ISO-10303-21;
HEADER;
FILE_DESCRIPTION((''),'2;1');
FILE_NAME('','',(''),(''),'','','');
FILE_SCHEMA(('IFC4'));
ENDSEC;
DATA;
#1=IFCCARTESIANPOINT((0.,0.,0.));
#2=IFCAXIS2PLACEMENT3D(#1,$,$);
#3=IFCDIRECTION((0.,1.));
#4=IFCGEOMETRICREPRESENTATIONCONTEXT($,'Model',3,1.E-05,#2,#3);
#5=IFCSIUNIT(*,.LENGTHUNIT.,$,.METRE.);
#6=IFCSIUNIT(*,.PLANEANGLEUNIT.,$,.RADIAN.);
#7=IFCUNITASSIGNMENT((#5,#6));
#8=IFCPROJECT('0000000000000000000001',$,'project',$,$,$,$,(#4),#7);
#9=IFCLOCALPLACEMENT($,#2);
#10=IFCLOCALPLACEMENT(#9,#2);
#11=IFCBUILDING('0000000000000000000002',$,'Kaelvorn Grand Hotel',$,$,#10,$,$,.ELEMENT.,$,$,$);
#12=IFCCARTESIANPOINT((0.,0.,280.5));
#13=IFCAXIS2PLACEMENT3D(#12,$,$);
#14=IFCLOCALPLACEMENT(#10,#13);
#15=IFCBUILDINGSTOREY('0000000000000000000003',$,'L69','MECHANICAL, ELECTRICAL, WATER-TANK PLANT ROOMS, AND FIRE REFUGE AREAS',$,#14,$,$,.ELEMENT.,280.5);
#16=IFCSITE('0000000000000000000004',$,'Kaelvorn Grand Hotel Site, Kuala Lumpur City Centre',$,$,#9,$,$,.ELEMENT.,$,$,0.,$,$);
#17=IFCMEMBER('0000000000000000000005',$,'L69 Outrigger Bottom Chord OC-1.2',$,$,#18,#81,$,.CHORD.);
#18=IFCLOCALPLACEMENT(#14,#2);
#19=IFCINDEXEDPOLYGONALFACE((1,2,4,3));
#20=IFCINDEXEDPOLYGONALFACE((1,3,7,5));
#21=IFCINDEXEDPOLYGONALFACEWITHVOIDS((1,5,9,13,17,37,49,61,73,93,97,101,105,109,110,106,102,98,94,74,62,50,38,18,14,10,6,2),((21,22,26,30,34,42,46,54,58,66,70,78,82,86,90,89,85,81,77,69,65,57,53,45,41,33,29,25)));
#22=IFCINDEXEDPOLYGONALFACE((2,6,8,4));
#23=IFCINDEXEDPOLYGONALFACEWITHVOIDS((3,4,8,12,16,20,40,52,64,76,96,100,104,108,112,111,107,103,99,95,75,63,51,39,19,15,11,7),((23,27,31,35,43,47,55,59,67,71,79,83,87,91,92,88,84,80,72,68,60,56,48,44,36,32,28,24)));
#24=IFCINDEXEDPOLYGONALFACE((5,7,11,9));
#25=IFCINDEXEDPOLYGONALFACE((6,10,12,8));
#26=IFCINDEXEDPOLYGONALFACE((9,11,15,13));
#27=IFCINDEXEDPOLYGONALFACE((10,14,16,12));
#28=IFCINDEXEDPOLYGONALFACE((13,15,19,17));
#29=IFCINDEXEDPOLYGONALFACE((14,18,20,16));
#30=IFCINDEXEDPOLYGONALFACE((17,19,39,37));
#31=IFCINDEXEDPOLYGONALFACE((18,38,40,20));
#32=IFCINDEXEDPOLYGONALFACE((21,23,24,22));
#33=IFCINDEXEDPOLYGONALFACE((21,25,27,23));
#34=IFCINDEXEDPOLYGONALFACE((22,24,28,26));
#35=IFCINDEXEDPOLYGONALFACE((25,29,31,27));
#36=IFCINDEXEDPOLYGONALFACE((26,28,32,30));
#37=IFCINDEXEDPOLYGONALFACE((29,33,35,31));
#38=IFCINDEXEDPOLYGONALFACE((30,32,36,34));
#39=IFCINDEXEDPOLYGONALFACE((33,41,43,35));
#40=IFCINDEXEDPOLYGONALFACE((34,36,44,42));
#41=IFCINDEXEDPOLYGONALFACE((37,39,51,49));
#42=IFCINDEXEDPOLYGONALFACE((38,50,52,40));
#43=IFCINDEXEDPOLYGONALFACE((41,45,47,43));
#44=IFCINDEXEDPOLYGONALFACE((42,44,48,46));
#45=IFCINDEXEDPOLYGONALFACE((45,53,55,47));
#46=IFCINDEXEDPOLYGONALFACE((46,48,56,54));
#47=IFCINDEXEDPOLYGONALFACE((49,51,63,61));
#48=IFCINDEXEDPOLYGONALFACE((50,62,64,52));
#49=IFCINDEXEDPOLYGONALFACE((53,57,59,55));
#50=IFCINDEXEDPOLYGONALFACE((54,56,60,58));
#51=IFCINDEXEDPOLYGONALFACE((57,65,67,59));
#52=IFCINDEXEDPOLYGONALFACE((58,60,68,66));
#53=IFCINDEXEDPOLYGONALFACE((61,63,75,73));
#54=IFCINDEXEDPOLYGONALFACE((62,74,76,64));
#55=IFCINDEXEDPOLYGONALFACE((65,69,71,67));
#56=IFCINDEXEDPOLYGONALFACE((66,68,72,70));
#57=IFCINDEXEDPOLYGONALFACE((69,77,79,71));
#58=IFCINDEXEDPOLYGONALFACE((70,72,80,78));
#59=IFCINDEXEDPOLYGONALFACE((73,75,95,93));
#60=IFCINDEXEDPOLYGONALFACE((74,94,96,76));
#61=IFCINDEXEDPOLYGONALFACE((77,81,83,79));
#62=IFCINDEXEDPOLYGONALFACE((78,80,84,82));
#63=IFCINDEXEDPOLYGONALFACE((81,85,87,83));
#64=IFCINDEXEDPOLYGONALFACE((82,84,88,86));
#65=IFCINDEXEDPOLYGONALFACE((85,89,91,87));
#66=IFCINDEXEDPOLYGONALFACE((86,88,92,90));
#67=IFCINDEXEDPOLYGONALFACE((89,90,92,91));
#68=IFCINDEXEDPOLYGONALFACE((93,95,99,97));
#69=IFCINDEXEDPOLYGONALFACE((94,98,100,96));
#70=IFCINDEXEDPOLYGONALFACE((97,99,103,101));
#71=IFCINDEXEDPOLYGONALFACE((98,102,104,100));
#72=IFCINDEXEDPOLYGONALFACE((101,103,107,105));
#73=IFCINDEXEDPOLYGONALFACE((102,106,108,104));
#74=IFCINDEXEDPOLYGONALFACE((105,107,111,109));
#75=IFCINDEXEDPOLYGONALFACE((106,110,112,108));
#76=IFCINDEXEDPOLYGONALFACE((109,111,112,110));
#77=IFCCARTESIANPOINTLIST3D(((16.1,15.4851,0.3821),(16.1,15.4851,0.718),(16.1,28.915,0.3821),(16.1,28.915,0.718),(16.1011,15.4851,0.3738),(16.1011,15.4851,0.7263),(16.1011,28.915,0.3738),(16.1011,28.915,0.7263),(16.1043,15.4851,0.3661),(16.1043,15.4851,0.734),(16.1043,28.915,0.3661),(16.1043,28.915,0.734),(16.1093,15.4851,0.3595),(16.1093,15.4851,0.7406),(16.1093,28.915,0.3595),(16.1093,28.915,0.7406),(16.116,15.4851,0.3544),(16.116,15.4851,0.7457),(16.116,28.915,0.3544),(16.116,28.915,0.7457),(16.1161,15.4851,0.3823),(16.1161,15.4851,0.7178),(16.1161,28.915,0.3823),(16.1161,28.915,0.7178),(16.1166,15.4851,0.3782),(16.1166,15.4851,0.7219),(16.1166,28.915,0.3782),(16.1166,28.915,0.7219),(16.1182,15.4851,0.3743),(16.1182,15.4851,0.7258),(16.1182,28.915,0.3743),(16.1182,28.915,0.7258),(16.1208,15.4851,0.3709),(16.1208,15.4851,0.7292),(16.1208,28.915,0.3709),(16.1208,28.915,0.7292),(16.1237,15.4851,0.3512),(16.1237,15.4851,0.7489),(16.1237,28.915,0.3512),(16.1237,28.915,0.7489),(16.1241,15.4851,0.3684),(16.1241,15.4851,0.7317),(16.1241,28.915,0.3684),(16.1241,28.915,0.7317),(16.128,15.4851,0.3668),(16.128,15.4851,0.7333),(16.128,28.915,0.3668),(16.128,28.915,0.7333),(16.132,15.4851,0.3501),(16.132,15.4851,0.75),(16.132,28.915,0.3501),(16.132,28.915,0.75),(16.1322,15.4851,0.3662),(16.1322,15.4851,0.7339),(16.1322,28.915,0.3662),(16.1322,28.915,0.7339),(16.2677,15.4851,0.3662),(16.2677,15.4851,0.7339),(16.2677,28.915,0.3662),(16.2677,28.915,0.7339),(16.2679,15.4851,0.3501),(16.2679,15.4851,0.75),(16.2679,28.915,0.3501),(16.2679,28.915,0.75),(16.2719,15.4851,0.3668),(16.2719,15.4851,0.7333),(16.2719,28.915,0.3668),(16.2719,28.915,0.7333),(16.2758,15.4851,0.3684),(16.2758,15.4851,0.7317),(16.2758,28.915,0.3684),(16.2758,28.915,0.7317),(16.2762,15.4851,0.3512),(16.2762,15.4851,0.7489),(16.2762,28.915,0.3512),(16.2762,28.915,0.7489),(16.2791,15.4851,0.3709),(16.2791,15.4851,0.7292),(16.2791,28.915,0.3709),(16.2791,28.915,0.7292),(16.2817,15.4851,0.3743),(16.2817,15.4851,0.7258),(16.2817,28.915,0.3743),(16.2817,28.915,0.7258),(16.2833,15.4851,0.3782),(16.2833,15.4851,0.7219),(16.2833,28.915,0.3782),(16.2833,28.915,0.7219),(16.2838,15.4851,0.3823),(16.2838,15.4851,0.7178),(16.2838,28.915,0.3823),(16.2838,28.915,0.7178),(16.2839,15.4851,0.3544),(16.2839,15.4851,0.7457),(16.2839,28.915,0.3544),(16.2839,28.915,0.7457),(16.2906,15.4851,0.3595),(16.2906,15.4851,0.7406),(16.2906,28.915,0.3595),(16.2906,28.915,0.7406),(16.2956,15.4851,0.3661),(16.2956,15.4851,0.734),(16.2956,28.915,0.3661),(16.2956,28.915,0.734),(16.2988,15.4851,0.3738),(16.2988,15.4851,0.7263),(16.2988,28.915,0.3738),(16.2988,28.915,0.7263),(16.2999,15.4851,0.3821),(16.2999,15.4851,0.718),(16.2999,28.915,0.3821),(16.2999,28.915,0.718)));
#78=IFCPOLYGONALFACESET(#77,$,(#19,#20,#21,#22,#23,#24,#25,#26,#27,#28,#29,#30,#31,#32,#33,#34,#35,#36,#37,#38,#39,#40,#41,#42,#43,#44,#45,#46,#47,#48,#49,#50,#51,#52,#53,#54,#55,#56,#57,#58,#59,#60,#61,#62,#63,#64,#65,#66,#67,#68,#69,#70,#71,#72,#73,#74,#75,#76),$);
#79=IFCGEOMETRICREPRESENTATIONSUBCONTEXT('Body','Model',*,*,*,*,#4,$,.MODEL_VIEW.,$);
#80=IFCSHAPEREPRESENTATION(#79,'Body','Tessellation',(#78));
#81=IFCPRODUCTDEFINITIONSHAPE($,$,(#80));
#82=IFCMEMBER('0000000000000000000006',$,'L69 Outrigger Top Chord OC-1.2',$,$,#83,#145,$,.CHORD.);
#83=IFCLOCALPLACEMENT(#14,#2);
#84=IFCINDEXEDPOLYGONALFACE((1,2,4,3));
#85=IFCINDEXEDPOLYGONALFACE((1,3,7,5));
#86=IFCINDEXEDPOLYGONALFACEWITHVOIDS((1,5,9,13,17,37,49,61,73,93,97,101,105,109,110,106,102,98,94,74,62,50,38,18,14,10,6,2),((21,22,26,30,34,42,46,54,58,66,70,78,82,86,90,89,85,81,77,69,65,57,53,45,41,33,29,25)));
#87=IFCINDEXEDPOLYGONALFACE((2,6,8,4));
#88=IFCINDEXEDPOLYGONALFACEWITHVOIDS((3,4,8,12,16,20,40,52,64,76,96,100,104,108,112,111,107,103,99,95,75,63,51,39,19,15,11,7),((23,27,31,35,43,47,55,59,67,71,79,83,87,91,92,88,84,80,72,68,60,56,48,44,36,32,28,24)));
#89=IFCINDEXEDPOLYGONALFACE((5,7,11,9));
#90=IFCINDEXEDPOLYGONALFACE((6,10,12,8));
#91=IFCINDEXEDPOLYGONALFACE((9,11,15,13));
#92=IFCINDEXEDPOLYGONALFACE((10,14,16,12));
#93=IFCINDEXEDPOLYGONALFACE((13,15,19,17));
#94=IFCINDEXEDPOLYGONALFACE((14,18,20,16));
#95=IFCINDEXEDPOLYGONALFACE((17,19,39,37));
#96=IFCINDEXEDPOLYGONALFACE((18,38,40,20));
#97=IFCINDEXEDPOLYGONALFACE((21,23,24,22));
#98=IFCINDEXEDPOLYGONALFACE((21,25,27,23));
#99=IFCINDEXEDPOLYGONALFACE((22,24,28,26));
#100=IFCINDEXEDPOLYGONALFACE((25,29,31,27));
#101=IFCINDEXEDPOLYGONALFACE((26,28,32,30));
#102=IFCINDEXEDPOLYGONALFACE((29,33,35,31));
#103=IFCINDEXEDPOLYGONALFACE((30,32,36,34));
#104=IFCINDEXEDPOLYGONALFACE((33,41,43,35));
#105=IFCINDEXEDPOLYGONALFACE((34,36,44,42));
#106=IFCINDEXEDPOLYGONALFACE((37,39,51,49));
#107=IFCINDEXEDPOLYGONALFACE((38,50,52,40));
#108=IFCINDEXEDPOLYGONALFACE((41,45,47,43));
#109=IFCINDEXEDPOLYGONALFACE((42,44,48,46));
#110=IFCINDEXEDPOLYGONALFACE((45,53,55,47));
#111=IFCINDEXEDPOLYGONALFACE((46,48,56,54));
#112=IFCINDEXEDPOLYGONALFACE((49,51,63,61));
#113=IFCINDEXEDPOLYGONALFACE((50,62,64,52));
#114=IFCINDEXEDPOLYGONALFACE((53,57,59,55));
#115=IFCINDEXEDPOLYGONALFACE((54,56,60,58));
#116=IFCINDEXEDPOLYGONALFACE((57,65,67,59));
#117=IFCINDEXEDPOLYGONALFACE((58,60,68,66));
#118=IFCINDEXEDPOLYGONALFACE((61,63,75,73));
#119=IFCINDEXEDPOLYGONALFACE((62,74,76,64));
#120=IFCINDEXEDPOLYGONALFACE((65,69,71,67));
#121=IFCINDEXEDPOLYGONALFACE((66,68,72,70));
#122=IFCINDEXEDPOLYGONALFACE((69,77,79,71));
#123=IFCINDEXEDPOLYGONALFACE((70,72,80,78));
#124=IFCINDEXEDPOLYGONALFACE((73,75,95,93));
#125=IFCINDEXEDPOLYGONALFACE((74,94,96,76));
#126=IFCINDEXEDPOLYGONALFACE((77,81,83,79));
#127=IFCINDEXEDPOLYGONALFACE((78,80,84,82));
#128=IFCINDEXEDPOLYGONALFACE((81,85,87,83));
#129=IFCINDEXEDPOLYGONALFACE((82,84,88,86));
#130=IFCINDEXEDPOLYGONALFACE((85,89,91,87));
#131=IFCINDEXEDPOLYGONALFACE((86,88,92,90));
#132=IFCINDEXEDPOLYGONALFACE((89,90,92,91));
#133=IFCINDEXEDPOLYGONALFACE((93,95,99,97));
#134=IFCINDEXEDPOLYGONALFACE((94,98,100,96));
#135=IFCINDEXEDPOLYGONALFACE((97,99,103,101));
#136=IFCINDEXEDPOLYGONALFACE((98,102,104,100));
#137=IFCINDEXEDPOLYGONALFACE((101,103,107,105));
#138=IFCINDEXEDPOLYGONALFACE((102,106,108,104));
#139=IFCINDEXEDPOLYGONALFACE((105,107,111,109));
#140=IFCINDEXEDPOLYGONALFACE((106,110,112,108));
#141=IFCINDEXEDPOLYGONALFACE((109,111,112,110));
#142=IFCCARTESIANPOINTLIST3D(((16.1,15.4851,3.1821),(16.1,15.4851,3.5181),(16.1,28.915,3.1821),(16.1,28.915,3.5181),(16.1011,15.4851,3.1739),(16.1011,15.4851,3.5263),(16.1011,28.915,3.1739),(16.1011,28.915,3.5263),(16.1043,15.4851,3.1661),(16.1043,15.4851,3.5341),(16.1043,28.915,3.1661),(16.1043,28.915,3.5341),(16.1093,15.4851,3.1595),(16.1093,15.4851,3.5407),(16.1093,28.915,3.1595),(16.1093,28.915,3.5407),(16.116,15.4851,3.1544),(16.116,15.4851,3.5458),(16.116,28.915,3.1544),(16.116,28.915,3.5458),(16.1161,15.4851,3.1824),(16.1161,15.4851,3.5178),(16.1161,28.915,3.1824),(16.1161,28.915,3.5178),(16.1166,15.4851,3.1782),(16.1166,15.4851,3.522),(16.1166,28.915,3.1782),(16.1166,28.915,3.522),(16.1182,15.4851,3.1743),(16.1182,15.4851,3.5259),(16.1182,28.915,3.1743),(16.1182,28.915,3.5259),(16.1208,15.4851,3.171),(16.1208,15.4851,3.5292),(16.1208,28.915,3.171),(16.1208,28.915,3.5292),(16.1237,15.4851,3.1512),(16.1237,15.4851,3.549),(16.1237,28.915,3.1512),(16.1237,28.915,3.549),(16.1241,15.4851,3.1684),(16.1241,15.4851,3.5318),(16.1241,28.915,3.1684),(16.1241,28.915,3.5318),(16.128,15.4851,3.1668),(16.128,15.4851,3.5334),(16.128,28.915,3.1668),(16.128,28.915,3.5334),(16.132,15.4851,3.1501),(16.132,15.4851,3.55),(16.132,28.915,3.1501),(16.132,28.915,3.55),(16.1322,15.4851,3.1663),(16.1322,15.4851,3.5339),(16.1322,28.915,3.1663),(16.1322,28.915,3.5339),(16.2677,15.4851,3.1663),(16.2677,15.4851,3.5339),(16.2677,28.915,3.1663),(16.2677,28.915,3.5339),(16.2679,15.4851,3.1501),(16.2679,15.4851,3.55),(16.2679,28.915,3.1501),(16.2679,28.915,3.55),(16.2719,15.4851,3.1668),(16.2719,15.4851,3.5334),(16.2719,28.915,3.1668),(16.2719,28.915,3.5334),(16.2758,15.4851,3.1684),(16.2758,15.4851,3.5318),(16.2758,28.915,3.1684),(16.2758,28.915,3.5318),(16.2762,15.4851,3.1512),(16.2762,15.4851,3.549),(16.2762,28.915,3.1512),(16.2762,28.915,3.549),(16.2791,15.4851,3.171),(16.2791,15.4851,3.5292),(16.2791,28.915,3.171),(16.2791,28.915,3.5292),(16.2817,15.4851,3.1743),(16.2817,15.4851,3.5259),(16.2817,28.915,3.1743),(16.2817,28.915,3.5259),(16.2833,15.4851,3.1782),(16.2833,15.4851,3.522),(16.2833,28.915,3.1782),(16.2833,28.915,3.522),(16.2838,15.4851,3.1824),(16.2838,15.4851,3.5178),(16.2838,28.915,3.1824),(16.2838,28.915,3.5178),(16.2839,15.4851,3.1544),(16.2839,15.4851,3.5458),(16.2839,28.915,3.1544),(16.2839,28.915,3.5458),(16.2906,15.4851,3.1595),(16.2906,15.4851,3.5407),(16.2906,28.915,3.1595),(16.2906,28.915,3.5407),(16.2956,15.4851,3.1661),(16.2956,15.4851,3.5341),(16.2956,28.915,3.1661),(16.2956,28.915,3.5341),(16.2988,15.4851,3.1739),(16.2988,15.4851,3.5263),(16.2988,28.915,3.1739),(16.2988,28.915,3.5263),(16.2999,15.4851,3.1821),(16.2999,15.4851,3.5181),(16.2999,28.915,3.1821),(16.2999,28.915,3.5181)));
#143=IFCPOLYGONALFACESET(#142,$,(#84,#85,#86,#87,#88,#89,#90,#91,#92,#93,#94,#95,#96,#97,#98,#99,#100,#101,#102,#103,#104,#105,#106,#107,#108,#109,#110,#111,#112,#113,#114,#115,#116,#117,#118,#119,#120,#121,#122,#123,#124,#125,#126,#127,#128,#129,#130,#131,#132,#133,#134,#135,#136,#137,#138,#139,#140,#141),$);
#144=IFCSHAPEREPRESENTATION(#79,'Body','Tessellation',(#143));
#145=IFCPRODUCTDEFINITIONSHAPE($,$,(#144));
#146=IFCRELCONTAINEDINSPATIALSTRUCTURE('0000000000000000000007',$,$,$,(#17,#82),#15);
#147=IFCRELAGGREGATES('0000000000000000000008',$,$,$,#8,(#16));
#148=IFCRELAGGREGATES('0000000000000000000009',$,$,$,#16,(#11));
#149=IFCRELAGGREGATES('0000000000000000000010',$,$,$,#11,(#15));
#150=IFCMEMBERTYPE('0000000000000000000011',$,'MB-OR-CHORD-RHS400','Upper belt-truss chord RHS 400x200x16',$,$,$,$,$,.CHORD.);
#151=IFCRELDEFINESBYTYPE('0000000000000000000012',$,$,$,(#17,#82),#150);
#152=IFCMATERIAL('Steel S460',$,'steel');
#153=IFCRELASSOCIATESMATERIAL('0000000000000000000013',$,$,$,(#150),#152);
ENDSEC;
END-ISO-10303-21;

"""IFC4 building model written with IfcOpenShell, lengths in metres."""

from ifc_helpers import new_model, si_unit, direction, frame, origin, origin_2d, place, context, subcontext, project, spatial, hollow_rectangle, extrude, material, material_profile, profile_set, type_object, element, save


model = new_model("IFC4")

# Units and contexts
model_context = context("Model", 3, precision=1e-05, world=origin(), true_north=direction((0.0, 1.0)))
body_context = subcontext(model_context, "Body", "Model", "MODEL_VIEW")
ifc_project = project(units=[si_unit("LENGTHUNIT", "METRE"), si_unit("PLANEANGLEUNIT", "RADIAN")], contexts=[model_context])

# Site, building, storey
site_placement = place(None, origin())
site = spatial("IfcSite", under=ifc_project, at=site_placement, Name="Kaelvorn Grand Hotel Site, Kuala Lumpur City Centre", CompositionType="ELEMENT", RefElevation=0.0)
building_placement = place(site_placement, origin())
building = spatial("IfcBuilding", under=site, at=building_placement, Name="Kaelvorn Grand Hotel", CompositionType="ELEMENT")
storey_placement = place(building_placement, frame((0.0, 0.0, 280.5)))
storey = spatial("IfcBuildingStorey", under=building, at=storey_placement, Name="L69", Description="MECHANICAL, ELECTRICAL, WATER-TANK PLANT ROOMS, AND FIRE REFUGE AREAS", CompositionType="ELEMENT", Elevation=280.5)

# Shared definitions
ifc_material_1 = material(Name="Steel S460", Category="steel")

# Members
ifc_material_profile_1 = material_profile(ifc_material_1, hollow_rectangle(XDim=0.2, YDim=0.3999, WallThickness=0.0161, InnerFilletRadius=0.0161, OuterFilletRadius=0.032, at=origin_2d()), Name="RHS 400x200x16.0")
ifc_profile_set_1 = profile_set([ifc_material_profile_1], Name="Steel S460")
member_type_1 = type_object("IfcMemberType", Name="MB-OR-CHORD-RHS400", Description="Upper belt-truss chord RHS 400x200x16", PredefinedType="CHORD", material=ifc_profile_set_1)
for number, where, z_axis, x_axis, name in (
    (1, (16.2, 15.4851, 0.55), (0.0, 1.0, 0.0), (-1.0, 0.0, 0.0), "L69 Outrigger Bottom Chord OC-1.2"),
    (2, (16.2, 15.4851, 3.3501), (0.0, 1.0, 0.0), (-1.0, 0.0, 0.0), "L69 Outrigger Top Chord OC-1.2"),
):
    element("IfcMember", number, at=place(storey_placement, frame(where, z_axis=z_axis, x_axis=x_axis)), inside=storey, type_object=member_type_1, Name=name, PredefinedType="CHORD", context=body_context, shape_type="SweptSolid", body=[
        extrude(hollow_rectangle(XDim=0.2, YDim=0.3999, WallThickness=0.0161, InnerFilletRadius=0.0161, OuterFilletRadius=0.032, at=origin_2d()), origin(), (0.0, 0.0, 1.0), 13.4299),
    ])

save(model, "model.ifc")
